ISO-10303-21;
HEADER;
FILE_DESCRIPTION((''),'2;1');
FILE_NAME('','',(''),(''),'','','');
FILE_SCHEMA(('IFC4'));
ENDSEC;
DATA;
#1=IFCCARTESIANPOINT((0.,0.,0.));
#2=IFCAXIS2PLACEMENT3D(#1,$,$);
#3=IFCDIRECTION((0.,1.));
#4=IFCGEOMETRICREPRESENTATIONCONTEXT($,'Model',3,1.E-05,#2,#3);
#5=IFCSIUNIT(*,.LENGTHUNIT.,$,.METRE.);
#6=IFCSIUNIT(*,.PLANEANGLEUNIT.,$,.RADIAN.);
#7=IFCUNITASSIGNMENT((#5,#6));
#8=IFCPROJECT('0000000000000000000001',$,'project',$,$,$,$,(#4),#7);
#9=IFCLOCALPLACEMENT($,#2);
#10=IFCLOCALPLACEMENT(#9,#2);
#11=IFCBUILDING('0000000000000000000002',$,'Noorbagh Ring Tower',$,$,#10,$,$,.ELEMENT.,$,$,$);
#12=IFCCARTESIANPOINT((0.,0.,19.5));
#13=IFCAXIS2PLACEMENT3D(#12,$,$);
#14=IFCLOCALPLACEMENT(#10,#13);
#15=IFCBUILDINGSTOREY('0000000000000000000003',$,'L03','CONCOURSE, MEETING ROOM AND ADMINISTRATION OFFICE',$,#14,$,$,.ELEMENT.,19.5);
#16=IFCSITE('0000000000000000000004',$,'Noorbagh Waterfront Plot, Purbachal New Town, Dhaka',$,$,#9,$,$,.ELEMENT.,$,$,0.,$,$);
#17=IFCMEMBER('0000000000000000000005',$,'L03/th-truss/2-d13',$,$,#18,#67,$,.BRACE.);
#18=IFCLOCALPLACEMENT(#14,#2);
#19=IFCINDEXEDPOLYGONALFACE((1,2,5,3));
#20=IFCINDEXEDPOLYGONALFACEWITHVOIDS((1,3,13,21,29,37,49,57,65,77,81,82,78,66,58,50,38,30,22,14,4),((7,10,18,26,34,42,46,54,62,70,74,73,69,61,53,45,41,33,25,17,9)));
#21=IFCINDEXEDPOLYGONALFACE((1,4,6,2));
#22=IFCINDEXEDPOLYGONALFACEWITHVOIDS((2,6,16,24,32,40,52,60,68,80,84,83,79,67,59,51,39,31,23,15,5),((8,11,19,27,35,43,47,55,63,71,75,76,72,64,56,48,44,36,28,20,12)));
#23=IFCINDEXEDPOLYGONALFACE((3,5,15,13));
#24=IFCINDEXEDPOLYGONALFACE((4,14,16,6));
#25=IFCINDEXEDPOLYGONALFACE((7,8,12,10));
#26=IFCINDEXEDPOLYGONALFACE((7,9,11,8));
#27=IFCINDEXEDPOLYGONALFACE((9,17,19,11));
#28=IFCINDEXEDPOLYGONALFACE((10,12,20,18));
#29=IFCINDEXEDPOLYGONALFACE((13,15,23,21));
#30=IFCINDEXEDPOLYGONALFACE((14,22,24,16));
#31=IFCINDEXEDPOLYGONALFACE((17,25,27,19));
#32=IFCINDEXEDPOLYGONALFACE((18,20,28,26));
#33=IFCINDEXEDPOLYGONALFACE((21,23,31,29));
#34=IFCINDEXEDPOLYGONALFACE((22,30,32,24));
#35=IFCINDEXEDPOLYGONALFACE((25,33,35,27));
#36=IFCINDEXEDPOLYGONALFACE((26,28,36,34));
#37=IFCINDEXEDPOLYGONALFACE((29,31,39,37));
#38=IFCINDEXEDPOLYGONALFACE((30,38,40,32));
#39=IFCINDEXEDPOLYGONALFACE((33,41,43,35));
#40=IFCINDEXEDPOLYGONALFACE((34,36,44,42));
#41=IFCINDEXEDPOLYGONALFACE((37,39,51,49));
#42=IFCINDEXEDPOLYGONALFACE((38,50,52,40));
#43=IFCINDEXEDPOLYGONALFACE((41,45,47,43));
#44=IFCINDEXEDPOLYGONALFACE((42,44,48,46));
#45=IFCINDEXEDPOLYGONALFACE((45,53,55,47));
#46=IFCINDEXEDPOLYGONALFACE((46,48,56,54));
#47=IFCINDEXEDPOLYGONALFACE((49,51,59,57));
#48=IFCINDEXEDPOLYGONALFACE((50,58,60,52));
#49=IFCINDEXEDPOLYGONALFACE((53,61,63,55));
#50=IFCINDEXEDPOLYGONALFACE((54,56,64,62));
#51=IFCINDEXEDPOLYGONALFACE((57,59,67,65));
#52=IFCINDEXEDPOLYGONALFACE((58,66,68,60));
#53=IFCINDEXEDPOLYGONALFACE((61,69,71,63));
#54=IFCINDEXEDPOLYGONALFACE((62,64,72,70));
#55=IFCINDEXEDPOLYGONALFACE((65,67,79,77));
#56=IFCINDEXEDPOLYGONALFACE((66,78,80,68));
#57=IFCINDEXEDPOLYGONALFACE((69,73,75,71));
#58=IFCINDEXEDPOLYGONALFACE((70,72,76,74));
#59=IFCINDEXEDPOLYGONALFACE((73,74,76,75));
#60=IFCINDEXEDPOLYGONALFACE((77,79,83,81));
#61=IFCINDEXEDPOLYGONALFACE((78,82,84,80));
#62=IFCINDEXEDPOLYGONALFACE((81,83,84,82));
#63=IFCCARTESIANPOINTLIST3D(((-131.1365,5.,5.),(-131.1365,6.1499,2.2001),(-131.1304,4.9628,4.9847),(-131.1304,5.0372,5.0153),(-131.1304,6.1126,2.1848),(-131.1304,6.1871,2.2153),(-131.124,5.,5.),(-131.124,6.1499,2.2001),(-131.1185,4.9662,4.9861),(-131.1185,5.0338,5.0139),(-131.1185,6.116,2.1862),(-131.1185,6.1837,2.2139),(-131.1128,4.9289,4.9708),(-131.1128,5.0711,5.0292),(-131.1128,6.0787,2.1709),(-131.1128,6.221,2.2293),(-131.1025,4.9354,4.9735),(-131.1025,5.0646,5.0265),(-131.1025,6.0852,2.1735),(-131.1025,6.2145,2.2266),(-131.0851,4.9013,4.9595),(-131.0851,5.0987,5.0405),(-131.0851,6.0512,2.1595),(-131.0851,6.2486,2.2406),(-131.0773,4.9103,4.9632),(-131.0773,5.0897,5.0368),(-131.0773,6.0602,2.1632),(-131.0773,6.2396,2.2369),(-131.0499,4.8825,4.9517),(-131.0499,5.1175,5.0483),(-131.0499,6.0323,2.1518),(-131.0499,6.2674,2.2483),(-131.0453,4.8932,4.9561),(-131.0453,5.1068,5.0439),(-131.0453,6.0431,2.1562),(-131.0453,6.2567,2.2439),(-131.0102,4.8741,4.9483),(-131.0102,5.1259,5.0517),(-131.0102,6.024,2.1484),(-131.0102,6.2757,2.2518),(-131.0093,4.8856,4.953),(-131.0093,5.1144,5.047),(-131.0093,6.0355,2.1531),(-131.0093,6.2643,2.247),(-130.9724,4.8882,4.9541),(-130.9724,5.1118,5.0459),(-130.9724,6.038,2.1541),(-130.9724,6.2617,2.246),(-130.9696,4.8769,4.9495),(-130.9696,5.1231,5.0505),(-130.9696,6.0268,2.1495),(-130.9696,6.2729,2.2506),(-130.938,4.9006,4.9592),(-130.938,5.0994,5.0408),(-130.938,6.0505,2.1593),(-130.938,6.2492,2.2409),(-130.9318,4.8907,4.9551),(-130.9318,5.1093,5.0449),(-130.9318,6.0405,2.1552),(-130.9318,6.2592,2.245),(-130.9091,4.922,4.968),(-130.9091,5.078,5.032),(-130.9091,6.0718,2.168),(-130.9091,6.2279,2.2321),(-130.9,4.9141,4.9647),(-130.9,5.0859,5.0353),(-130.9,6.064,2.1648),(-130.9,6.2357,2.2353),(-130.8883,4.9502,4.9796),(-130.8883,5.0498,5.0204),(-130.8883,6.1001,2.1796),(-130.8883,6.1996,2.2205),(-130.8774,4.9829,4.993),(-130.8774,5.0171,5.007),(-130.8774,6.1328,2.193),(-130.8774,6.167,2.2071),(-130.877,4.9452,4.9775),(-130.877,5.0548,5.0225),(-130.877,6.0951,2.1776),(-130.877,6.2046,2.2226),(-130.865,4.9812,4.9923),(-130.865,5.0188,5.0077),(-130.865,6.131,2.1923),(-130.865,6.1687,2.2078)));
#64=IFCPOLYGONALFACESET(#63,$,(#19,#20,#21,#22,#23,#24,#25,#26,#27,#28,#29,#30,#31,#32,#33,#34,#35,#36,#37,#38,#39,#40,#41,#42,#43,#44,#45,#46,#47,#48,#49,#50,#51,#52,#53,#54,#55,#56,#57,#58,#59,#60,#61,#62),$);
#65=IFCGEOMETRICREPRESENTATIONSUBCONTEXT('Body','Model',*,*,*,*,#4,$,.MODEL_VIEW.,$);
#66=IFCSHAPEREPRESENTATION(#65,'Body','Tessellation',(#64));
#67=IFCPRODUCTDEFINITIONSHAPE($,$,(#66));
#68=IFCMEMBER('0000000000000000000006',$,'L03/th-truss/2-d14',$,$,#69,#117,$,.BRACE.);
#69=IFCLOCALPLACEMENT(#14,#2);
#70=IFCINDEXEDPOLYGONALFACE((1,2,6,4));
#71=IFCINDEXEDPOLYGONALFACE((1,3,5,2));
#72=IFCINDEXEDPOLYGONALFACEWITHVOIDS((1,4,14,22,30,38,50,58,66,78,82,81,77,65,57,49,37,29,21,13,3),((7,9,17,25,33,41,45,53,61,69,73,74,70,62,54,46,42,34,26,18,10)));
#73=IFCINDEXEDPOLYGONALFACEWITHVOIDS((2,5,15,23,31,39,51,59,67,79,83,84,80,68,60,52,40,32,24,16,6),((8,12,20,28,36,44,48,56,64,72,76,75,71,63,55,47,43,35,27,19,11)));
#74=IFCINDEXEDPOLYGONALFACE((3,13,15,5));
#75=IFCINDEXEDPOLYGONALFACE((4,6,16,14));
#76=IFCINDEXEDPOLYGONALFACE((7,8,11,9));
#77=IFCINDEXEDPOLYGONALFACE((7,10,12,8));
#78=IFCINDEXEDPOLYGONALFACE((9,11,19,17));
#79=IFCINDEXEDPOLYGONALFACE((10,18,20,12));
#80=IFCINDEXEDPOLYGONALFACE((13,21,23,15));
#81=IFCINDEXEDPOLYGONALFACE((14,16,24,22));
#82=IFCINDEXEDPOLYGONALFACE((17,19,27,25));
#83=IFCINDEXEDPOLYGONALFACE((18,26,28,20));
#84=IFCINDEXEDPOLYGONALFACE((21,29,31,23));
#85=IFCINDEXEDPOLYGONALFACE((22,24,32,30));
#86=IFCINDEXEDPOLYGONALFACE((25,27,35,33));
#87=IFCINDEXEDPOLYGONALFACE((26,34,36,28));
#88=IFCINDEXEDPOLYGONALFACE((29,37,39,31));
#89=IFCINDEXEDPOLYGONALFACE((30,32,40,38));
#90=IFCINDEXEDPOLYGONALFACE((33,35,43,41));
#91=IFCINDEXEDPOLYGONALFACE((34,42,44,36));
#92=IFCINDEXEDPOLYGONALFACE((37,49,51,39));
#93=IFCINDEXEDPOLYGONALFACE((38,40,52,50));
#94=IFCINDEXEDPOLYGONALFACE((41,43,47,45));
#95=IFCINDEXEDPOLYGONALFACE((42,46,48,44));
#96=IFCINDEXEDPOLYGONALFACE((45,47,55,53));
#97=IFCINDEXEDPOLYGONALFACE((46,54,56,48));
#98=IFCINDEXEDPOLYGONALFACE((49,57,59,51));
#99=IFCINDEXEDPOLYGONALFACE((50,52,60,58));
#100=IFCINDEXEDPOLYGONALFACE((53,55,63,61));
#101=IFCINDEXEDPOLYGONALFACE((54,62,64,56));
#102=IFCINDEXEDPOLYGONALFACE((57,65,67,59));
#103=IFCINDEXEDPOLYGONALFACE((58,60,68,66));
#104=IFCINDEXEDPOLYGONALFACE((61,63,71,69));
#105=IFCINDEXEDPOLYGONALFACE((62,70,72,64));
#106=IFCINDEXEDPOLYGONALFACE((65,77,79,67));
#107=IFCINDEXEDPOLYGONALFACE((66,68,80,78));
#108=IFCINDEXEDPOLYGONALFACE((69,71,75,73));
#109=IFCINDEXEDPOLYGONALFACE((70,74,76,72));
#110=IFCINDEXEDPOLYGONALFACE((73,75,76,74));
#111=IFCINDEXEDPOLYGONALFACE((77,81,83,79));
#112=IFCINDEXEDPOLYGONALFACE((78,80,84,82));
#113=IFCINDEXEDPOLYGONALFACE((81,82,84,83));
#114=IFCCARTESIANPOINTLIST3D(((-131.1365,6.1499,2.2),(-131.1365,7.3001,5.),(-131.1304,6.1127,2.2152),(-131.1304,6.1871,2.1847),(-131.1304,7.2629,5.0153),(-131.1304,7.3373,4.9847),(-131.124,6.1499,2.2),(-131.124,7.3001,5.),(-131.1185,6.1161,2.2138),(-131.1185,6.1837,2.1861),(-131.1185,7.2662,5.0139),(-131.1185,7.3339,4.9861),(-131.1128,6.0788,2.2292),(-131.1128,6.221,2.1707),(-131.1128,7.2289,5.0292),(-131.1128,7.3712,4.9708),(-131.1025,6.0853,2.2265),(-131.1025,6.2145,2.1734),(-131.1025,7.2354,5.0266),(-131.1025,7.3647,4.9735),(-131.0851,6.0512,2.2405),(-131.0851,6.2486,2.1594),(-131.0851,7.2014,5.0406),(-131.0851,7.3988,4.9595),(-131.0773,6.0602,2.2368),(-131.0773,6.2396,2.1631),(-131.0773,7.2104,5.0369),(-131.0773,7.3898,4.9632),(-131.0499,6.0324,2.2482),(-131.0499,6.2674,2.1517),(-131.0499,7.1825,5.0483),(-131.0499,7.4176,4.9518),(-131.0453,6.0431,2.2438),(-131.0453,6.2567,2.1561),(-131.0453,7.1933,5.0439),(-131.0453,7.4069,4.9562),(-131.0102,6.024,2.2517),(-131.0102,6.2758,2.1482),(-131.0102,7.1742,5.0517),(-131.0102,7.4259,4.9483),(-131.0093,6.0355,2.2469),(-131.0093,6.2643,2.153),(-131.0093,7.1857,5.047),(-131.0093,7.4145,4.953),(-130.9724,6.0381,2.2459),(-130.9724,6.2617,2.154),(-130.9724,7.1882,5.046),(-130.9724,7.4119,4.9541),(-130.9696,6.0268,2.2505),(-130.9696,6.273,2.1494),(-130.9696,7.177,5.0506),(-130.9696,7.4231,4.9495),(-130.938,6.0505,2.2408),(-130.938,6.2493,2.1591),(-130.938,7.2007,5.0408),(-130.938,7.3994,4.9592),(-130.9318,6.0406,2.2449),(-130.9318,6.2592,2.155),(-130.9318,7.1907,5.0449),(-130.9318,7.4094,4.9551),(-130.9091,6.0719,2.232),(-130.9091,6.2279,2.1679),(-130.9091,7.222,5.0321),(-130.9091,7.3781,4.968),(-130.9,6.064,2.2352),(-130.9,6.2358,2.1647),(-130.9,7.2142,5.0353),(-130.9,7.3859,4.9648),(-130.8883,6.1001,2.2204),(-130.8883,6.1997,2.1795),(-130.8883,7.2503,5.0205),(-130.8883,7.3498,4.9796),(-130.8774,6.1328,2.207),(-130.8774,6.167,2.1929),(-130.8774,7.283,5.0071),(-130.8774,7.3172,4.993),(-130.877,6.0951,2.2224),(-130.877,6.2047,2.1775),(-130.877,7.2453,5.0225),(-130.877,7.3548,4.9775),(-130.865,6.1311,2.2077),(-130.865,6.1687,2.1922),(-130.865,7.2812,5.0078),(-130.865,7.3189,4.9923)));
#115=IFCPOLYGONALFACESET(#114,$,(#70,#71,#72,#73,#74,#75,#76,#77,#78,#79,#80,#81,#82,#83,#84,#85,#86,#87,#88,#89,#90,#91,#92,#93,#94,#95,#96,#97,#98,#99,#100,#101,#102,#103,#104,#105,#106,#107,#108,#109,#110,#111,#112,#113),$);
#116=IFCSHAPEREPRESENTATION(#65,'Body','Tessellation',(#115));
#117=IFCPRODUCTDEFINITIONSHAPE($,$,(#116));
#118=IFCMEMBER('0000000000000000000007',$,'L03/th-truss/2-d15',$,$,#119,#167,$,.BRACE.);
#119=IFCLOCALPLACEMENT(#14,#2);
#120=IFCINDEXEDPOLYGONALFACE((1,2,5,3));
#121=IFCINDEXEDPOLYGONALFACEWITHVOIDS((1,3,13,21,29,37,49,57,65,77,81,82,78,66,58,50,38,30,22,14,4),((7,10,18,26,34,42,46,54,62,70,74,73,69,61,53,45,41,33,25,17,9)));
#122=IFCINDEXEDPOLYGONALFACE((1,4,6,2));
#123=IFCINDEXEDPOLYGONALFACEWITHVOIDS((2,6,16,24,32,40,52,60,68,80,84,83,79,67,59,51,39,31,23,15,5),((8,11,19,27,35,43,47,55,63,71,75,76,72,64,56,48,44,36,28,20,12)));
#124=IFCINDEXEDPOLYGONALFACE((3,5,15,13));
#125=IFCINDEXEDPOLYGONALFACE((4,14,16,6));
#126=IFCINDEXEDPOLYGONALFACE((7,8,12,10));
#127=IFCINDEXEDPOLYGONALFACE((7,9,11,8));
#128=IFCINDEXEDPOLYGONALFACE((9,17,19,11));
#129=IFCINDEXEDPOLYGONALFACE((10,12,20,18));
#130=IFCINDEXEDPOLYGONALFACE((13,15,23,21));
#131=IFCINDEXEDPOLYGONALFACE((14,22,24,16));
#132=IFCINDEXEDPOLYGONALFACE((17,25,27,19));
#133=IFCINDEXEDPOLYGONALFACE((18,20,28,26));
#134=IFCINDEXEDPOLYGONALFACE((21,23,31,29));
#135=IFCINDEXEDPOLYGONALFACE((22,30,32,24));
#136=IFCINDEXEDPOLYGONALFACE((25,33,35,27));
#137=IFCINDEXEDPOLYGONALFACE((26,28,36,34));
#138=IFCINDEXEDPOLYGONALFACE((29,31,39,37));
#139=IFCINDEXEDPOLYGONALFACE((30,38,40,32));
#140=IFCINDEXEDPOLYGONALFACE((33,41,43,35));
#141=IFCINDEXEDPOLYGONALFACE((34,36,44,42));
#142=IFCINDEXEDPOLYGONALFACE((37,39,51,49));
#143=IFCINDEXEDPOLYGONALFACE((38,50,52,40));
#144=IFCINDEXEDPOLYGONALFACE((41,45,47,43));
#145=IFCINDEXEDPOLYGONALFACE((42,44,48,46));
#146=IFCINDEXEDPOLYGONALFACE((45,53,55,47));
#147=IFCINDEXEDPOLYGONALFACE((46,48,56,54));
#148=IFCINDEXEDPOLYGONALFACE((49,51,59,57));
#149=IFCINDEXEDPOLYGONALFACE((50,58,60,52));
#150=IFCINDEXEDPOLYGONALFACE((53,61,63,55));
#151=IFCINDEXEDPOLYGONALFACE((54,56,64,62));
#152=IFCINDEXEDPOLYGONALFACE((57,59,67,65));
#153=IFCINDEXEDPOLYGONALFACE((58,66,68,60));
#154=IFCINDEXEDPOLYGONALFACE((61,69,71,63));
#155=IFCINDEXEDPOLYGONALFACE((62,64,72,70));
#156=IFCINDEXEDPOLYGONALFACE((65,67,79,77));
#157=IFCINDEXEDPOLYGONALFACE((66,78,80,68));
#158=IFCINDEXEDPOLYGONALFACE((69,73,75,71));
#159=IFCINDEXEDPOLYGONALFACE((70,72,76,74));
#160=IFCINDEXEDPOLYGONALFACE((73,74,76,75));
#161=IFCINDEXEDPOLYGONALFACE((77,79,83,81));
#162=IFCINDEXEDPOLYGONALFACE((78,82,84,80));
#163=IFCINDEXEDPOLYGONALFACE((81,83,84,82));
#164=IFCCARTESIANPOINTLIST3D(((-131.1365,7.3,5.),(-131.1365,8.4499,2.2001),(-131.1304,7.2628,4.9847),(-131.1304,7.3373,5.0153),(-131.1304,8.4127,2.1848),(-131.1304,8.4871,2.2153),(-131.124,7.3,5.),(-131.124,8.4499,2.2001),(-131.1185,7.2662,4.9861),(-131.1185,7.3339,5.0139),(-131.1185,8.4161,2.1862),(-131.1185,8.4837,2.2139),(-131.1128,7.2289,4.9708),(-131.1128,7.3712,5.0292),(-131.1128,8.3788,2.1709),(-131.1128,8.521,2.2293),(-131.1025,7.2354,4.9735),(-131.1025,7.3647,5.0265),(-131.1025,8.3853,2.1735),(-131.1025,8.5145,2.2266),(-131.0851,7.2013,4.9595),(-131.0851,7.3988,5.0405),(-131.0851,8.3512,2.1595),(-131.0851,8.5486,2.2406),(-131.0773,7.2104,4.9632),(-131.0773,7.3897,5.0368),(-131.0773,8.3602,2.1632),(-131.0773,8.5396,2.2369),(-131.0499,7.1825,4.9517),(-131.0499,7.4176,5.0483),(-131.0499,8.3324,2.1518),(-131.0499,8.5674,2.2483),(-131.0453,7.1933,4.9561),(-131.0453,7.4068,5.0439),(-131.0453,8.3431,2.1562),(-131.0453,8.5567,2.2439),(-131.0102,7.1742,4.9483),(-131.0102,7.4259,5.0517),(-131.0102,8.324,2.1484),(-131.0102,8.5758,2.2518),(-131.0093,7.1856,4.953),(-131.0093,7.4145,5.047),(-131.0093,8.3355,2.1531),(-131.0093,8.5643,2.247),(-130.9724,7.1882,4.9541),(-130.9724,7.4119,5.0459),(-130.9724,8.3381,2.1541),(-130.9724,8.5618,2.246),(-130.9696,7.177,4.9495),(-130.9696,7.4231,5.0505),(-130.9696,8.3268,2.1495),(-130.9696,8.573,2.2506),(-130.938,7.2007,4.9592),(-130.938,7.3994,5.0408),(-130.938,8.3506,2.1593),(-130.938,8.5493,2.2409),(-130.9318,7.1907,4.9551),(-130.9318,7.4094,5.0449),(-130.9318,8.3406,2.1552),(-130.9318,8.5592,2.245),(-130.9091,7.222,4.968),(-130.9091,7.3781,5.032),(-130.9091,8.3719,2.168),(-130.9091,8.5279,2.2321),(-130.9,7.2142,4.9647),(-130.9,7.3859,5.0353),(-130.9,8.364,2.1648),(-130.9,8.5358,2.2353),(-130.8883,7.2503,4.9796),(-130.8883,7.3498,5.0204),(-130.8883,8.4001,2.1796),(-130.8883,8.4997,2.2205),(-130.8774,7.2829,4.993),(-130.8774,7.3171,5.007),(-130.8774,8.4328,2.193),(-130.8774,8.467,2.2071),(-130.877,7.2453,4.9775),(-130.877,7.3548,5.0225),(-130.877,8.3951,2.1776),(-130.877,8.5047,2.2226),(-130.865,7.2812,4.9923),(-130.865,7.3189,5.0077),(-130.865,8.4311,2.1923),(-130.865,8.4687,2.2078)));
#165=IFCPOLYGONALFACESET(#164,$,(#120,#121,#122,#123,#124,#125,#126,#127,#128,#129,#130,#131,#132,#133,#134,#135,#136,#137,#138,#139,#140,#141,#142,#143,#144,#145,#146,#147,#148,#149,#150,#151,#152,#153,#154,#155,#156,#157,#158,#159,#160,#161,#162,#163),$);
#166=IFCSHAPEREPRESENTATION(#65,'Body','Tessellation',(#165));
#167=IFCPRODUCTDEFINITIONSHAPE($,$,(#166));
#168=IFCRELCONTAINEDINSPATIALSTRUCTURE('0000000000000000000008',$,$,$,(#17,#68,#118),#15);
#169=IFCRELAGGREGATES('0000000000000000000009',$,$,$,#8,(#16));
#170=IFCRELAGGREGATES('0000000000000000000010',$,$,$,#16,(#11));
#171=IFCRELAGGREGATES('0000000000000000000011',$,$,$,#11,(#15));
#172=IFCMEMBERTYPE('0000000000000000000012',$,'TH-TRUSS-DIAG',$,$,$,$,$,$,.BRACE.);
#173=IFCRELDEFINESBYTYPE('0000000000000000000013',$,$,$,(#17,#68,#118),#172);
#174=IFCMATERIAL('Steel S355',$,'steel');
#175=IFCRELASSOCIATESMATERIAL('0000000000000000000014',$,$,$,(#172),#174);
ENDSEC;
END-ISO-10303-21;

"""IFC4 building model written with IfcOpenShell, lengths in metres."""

from ifc_helpers import new_model, si_unit, direction, frame, origin, origin_2d, place, context, subcontext, project, spatial, hollow_circle, extrude, material, material_profile, profile_set, type_object, element, save


model = new_model("IFC4")

# Units and contexts
model_context = context("Model", 3, precision=1e-05, world=origin(), true_north=direction((0.0, 1.0)))
body_context = subcontext(model_context, "Body", "Model", "MODEL_VIEW")
ifc_project = project(units=[si_unit("LENGTHUNIT", "METRE"), si_unit("PLANEANGLEUNIT", "RADIAN")], contexts=[model_context])

# Site, building, storey
site_placement = place(None, origin())
site = spatial("IfcSite", under=ifc_project, at=site_placement, Name="Noorbagh Waterfront Plot, Purbachal New Town, Dhaka", CompositionType="ELEMENT", RefElevation=0.0)
building_placement = place(site_placement, origin())
building = spatial("IfcBuilding", under=site, at=building_placement, Name="Noorbagh Ring Tower", CompositionType="ELEMENT")
storey_placement = place(building_placement, frame((0.0, 0.0, 19.5)))
storey = spatial("IfcBuildingStorey", under=building, at=storey_placement, Name="L03", Description="CONCOURSE, MEETING ROOM AND ADMINISTRATION OFFICE", CompositionType="ELEMENT", Elevation=19.5)

# Members
ifc_material_1 = material(Name="Steel S355", Category="steel")
ifc_material_profile = material_profile(ifc_material_1, hollow_circle(Radius=0.1365, WallThickness=0.0125, at=origin_2d()), Name="CHS273x12.5")
ifc_profile_set = profile_set([ifc_material_profile], Name="Steel S355")
member_type = type_object("IfcMemberType", Name="TH-TRUSS-DIAG", PredefinedType="BRACE", material=ifc_profile_set)
for number, where, z_axis, x_axis, name in (
    (1, (-131.0, 5.0, 5.0), (0.0, 0.379886, -0.925033), (-1.0, 0.0, 0.0), "L03/th-truss/2-d13"),
):
    element("IfcMember", number, at=place(storey_placement, frame(where, z_axis=z_axis, x_axis=x_axis)), inside=storey, type_object=member_type, Name=name, PredefinedType="BRACE", context=body_context, shape_type="SweptSolid", body=[
        extrude(hollow_circle(Radius=0.1365, WallThickness=0.0125, at=origin_2d()), origin(), (0.0, 0.0, 1.0), 3.0269),
    ])
member_1_placement = place(storey_placement, frame((-131.0, 6.1499, 2.2), z_axis=(0.0, 0.379955, 0.925005), x_axis=(-1.0, 0.0, 0.0)))
element("IfcMember", 2, at=member_1_placement, inside=storey, type_object=member_type, Name="L03/th-truss/2-d14", PredefinedType="BRACE", context=body_context, shape_type="SweptSolid", body=[
    extrude(hollow_circle(Radius=0.1365, WallThickness=0.0125, at=origin_2d()), origin(), (0.0, 0.0, 1.0), 3.0271),
])
member_2_placement = place(storey_placement, frame((-131.0, 7.3, 5.0), z_axis=(0.0, 0.379886, -0.925033), x_axis=(-1.0, 0.0, 0.0)))
element("IfcMember", 3, at=member_2_placement, inside=storey, type_object=member_type, Name="L03/th-truss/2-d15", PredefinedType="BRACE", context=body_context, shape_type="SweptSolid", body=[
    extrude(hollow_circle(Radius=0.1365, WallThickness=0.0125, at=origin_2d()), origin(), (0.0, 0.0, 1.0), 3.0269),
])

save(model, "model.ifc")
